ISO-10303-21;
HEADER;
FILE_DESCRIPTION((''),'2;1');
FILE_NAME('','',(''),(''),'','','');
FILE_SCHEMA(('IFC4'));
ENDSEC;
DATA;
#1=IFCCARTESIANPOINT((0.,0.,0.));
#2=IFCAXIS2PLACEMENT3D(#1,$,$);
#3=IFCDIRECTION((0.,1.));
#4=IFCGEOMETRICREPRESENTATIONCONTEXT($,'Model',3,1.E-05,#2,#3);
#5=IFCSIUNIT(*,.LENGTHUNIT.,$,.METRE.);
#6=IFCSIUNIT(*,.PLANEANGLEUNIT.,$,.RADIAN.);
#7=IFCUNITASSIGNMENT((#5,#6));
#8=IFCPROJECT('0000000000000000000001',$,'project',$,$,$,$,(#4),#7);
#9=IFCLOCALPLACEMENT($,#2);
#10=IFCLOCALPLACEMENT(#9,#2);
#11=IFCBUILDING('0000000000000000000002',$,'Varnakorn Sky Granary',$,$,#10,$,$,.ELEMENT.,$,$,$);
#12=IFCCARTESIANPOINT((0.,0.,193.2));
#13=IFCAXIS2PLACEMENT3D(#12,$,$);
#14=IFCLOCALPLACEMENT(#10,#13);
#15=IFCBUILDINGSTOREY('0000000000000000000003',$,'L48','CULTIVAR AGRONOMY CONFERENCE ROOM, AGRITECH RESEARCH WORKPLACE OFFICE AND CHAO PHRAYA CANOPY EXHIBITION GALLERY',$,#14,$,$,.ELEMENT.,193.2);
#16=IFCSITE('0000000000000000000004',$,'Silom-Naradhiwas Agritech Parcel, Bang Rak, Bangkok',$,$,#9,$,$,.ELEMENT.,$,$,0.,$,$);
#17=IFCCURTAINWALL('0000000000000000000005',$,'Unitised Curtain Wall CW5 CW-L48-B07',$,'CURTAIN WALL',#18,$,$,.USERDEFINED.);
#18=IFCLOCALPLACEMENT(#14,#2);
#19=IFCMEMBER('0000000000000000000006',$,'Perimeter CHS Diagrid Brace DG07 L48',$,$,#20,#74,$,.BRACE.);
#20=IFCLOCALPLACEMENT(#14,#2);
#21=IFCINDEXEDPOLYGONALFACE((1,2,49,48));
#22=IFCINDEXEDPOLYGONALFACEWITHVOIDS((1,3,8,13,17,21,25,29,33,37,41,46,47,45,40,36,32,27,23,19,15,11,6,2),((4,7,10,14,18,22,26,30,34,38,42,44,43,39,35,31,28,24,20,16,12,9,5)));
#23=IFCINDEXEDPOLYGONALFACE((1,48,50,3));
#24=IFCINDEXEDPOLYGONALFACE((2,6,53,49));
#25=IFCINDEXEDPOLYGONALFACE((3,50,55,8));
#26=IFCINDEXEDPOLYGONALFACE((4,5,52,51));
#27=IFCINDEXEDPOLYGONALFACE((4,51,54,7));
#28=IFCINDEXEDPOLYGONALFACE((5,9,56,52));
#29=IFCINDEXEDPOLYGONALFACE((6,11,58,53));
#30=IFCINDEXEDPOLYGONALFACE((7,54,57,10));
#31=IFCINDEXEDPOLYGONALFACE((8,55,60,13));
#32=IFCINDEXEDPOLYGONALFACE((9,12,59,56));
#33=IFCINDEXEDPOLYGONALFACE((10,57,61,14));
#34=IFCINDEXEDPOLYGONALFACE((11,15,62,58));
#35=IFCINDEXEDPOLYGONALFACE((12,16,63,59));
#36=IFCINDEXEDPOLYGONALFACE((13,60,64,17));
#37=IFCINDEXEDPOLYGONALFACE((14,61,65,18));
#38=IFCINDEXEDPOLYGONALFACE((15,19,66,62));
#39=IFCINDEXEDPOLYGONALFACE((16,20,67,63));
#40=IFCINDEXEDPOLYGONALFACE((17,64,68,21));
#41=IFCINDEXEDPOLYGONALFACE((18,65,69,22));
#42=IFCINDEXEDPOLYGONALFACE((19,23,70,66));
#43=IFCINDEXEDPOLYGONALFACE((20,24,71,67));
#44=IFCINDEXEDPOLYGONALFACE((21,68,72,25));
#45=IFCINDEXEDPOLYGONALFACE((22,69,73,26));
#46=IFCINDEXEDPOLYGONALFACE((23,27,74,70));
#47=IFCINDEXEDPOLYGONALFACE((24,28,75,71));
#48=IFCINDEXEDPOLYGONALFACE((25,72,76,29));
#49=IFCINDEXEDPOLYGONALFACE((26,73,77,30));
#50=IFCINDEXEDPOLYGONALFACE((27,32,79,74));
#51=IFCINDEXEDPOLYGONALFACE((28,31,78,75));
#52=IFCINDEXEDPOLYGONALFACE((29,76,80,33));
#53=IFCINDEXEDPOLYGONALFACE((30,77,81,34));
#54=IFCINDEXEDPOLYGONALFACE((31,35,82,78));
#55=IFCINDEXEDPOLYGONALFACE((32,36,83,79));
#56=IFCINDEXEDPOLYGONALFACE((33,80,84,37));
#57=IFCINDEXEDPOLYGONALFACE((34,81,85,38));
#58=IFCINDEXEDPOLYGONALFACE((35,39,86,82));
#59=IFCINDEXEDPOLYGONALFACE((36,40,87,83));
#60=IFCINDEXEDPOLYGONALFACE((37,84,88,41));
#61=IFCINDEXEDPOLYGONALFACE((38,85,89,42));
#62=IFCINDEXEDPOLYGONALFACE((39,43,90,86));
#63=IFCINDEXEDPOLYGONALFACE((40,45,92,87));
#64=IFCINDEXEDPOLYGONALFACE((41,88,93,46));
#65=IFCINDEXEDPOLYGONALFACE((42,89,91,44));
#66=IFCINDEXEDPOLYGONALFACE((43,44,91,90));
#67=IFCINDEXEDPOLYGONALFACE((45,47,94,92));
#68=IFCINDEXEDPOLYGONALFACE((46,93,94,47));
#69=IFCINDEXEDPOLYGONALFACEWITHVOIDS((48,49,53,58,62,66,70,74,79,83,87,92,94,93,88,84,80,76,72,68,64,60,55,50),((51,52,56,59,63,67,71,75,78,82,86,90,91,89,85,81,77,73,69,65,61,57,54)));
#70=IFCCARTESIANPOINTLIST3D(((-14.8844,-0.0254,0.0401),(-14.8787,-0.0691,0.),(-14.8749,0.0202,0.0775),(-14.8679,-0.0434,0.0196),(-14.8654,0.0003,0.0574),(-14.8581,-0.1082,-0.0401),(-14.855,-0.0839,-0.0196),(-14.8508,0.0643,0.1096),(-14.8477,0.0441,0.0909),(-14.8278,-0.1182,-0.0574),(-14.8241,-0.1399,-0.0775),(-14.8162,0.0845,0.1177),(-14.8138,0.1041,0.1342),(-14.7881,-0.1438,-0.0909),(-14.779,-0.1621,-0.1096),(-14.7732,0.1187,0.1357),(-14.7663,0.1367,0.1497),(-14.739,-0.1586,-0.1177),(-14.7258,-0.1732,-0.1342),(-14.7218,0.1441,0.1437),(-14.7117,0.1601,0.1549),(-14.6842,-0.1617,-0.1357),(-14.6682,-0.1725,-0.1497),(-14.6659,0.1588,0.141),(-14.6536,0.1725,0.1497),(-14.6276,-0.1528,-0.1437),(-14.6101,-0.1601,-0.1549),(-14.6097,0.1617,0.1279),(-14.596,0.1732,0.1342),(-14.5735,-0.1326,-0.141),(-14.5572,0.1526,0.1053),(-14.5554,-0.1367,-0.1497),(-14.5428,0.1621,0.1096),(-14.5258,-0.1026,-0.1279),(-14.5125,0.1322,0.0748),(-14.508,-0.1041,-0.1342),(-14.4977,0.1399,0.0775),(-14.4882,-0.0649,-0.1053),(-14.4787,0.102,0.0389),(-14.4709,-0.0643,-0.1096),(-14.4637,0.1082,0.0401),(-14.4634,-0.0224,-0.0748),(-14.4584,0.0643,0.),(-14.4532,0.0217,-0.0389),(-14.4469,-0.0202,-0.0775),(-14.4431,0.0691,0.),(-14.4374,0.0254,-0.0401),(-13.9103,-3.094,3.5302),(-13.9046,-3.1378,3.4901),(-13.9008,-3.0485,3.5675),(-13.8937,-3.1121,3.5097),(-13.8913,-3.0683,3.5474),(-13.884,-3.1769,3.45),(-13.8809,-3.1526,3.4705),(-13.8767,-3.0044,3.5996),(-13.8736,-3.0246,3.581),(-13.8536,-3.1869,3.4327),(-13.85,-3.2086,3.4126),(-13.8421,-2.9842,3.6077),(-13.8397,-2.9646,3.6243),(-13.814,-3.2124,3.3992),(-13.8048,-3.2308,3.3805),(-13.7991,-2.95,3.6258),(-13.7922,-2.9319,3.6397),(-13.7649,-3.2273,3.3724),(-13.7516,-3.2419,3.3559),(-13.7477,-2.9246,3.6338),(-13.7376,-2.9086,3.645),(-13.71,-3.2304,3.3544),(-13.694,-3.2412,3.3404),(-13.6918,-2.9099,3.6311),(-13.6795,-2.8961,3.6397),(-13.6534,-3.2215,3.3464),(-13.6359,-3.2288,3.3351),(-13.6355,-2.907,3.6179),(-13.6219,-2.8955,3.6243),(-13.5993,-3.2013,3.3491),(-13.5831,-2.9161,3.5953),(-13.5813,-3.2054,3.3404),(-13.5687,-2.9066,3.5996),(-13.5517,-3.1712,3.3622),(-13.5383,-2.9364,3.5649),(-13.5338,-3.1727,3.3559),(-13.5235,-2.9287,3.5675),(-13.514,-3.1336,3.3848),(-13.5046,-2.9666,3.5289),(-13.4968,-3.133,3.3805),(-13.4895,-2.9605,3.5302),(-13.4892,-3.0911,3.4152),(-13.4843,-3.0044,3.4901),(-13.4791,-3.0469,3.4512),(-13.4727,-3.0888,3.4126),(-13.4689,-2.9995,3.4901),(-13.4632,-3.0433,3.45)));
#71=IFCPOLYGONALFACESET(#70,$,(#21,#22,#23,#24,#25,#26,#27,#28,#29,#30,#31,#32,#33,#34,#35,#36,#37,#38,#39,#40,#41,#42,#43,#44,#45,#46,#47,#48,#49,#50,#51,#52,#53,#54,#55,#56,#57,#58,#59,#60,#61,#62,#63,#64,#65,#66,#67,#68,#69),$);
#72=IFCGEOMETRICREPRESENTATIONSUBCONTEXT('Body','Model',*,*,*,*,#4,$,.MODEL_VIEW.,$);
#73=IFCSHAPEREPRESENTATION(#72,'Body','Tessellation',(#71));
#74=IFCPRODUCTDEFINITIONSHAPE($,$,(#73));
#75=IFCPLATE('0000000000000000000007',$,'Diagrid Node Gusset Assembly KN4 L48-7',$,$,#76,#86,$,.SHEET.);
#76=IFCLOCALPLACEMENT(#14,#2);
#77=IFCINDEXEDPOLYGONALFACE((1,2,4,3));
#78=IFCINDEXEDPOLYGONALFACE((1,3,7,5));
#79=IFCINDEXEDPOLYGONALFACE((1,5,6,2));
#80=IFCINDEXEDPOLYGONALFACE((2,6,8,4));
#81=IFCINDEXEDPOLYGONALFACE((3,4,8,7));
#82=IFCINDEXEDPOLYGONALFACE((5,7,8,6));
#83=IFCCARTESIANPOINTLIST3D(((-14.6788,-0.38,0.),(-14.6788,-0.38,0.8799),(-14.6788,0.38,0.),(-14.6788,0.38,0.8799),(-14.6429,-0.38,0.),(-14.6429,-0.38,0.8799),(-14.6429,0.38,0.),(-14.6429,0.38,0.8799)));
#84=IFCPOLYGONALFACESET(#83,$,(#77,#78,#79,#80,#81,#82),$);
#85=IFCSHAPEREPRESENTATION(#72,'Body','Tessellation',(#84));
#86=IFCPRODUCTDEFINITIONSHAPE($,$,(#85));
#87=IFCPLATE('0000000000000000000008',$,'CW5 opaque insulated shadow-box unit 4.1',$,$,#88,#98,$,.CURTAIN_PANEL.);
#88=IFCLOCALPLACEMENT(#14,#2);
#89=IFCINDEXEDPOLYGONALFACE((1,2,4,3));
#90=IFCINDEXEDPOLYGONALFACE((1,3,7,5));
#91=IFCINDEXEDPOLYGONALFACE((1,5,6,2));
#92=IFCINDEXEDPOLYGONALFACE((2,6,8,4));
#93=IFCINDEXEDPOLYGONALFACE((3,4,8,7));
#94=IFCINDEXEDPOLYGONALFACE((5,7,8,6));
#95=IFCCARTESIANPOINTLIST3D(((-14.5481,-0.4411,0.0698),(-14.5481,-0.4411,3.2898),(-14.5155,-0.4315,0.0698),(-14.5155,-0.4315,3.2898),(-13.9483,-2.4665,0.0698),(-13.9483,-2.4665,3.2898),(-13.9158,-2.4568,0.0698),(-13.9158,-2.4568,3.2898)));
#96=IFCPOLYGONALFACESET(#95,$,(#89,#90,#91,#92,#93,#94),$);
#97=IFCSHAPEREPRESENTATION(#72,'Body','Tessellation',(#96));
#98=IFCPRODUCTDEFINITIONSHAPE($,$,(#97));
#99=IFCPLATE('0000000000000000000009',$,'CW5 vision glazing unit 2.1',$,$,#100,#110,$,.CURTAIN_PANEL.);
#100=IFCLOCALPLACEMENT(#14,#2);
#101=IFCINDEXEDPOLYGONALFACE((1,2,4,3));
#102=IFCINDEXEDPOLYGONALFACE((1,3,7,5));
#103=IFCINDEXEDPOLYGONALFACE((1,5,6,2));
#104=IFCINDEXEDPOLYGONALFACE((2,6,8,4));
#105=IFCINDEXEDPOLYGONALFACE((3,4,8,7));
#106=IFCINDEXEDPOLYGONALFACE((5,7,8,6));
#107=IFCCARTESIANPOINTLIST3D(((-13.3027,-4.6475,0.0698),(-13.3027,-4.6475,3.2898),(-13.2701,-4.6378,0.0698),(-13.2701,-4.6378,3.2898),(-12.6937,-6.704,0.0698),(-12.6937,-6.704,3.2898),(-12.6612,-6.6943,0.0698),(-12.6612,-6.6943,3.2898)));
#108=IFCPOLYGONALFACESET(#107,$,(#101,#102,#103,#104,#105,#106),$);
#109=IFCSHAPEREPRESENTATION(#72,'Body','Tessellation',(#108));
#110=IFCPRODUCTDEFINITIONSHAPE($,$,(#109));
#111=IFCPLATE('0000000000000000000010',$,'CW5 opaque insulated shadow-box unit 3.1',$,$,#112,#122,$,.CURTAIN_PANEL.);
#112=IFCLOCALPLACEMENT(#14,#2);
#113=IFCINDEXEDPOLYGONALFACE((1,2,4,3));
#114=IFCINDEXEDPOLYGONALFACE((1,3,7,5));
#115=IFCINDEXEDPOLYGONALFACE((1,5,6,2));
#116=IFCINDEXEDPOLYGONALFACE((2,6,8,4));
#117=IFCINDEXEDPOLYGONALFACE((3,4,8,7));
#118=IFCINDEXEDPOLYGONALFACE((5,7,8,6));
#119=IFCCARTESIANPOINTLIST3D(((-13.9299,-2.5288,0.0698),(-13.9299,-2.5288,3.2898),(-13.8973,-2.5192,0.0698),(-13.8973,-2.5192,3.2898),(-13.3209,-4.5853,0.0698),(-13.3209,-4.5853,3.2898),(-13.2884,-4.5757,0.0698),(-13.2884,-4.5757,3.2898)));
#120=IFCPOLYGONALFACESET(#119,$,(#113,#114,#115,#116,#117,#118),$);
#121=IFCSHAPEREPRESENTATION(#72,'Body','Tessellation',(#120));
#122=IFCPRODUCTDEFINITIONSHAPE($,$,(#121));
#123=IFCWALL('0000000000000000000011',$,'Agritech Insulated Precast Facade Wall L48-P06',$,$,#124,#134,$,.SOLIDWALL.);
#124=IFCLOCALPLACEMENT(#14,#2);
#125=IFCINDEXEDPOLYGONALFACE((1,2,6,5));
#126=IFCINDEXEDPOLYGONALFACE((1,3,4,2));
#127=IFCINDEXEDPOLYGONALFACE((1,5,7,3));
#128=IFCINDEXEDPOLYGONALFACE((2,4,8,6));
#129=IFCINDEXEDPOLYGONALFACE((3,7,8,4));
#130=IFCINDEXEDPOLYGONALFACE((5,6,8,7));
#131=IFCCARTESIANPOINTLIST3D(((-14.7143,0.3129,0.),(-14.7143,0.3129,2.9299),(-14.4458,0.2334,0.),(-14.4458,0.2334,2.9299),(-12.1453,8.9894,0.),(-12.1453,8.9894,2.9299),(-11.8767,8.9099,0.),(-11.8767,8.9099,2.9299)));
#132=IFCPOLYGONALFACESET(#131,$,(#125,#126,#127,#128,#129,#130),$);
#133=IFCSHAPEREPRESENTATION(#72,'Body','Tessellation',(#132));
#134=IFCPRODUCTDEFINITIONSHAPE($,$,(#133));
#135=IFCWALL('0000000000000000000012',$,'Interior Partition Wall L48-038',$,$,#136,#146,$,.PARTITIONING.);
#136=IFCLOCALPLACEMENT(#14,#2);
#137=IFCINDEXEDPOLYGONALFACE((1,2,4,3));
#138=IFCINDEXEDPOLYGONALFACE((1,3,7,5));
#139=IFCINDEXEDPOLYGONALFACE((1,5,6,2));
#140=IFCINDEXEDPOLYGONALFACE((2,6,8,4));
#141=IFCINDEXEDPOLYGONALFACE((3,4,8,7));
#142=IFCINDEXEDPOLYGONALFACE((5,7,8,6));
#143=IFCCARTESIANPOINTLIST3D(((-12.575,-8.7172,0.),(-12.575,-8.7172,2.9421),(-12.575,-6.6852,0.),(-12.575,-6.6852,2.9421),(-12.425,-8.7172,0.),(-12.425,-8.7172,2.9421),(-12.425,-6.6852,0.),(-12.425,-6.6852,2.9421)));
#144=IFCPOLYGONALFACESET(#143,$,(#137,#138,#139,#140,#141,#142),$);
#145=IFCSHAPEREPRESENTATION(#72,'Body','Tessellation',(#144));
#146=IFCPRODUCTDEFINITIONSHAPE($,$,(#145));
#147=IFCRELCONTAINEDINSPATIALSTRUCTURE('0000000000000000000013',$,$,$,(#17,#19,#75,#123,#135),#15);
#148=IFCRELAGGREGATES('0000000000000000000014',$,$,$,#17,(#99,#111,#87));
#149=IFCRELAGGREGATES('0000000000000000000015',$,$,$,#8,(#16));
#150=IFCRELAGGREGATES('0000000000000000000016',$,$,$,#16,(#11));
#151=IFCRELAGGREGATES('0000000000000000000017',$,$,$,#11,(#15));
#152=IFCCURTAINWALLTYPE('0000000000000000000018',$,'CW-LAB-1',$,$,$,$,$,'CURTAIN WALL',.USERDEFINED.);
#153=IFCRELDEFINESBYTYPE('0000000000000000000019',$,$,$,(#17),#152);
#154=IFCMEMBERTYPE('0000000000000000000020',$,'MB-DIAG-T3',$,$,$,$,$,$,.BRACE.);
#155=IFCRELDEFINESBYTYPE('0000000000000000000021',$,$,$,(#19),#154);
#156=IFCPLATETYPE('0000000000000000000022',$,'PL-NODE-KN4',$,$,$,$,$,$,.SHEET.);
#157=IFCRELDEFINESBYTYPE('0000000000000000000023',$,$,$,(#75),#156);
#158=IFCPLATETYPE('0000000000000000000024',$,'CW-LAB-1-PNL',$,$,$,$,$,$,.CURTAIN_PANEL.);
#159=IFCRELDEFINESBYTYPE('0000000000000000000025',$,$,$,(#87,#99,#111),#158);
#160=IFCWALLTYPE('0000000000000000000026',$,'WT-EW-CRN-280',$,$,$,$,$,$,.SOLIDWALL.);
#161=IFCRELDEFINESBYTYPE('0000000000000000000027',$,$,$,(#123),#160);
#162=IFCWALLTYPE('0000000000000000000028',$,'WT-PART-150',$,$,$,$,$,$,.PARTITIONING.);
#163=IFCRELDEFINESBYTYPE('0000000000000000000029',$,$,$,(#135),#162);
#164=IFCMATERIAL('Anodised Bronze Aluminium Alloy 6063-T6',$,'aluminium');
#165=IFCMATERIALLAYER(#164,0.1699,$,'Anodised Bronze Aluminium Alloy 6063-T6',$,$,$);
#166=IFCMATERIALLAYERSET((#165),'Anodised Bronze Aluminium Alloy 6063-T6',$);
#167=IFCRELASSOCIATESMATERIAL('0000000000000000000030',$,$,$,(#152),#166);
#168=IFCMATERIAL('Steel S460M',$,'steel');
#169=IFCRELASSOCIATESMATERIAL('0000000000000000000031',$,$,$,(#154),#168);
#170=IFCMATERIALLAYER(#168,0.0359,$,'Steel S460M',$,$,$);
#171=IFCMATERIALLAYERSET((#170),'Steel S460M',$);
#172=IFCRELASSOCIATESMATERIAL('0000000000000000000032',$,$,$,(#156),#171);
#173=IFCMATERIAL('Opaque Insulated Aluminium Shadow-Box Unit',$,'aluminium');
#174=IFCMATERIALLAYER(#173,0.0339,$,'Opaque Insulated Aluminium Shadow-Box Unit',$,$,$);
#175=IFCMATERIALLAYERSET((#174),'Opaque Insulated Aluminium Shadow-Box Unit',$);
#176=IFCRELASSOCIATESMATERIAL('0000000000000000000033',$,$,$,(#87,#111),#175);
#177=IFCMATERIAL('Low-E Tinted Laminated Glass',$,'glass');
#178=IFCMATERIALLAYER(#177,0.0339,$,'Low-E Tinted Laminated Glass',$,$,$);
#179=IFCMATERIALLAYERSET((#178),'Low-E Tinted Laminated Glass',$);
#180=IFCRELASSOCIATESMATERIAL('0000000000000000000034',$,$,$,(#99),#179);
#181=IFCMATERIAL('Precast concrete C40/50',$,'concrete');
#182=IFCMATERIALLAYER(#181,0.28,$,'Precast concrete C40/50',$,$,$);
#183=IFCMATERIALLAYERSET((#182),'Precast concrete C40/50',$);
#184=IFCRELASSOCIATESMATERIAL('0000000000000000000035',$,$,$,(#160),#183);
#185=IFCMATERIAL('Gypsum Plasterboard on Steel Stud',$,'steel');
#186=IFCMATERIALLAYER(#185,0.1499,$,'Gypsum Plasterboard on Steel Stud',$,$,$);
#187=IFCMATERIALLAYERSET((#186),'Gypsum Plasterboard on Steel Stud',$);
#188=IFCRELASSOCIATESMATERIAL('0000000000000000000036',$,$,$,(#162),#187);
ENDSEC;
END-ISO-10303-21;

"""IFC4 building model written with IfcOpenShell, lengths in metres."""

from ifc_helpers import new_model, si_unit, direction, frame, frame_2d, origin, origin_2d, place, context, subcontext, project, spatial, rectangle, hollow_circle, extrude, source, transform, mapped, material, layer, layer_set, material_profile, profile_set, type_object, type_shapes, element, aggregate, save


model = new_model("IFC4")

# Units and contexts
model_context = context("Model", 3, precision=1e-05, world=origin(), true_north=direction((0.0, 1.0)))
body_context = subcontext(model_context, "Body", "Model", "MODEL_VIEW")
ifc_project = project(units=[si_unit("LENGTHUNIT", "METRE"), si_unit("PLANEANGLEUNIT", "RADIAN")], contexts=[model_context])

# Site, building, storey
site_placement = place(None, origin())
site = spatial("IfcSite", under=ifc_project, at=site_placement, Name="Silom-Naradhiwas Agritech Parcel, Bang Rak, Bangkok", CompositionType="ELEMENT", RefElevation=0.0)
building_placement = place(site_placement, origin())
building = spatial("IfcBuilding", under=site, at=building_placement, Name="Varnakorn Sky Granary", CompositionType="ELEMENT")
storey_placement = place(building_placement, frame((0.0, 0.0, 193.2)))
storey = spatial("IfcBuildingStorey", under=building, at=storey_placement, Name="L48", Description="CULTIVAR AGRONOMY CONFERENCE ROOM, AGRITECH RESEARCH WORKPLACE OFFICE AND CHAO PHRAYA CANOPY EXHIBITION GALLERY", CompositionType="ELEMENT", Elevation=193.2)

# Shared definitions
ifc_material_1 = material(Name="Steel S460M", Category="steel")

# Curtain wall
ifc_material_2 = material(Name="Anodised Bronze Aluminium Alloy 6063-T6", Category="aluminium")
ifc_layer_1 = layer(ifc_material_2, 0.1699, Name="Anodised Bronze Aluminium Alloy 6063-T6")
ifc_layer_set_1 = layer_set([ifc_layer_1], Name="Anodised Bronze Aluminium Alloy 6063-T6")
curtain_wall_type = type_object("IfcCurtainWallType", Name="CW-LAB-1", ElementType="CURTAIN WALL", PredefinedType="USERDEFINED", material=ifc_layer_set_1)
curtain_wall_placement = place(storey_placement, origin())
curtain_wall = element("IfcCurtainWall", 1, at=curtain_wall_placement, inside=storey, type_object=curtain_wall_type, Name="Unitised Curtain Wall CW5 CW-L48-B07", ObjectType="CURTAIN WALL", PredefinedType="USERDEFINED")

# Member
ifc_material_profile_1 = material_profile(ifc_material_1, hollow_circle(Radius=0.2285, WallThickness=0.0161, at=origin_2d()), Name="CHS 457x16")
ifc_profile_set_1 = profile_set([ifc_material_profile_1], Name="Steel S460M")
member_type_1 = type_object("IfcMemberType", Name="MB-DIAG-T3", PredefinedType="BRACE", material=ifc_profile_set_1)
for number, where, z_axis, x_axis, name in (
    (2, (-14.6609, 0.0, 0.0), (0.205156, -0.646269, 0.735015), (0.953128, 0.302568, 0.0), "Perimeter CHS Diagrid Brace DG07 L48"),
):
    element("IfcMember", number, at=place(storey_placement, frame(where, z_axis=z_axis, x_axis=x_axis)), inside=storey, type_object=member_type_1, Name=name, PredefinedType="BRACE", context=body_context, shape_type="SweptSolid", body=[
        extrude(hollow_circle(Radius=0.2285, WallThickness=0.0161, at=origin_2d()), origin(), (0.0, 0.0, 1.0), 4.7483),
    ])

# Plates
ifc_layer_2 = layer(ifc_material_1, 0.0359, Name="Steel S460M")
ifc_layer_set_2 = layer_set([ifc_layer_2], Name="Steel S460M")
plate_type_1 = type_object("IfcPlateType", Name="PL-NODE-KN4", PredefinedType="SHEET", material=ifc_layer_set_2)
plate_1_placement = place(storey_placement, frame((-14.6609, 0.0, 0.0), z_axis=(0.0, 0.0, 1.0), x_axis=(0.0, -1.0, 0.0)))
element("IfcPlate", 3, at=plate_1_placement, inside=storey, type_object=plate_type_1, Name="Diagrid Node Gusset Assembly KN4 L48-7", PredefinedType="SHEET", context=body_context, shape_type="SweptSolid", body=[
    extrude(rectangle(XDim=0.76, YDim=0.0359, at=origin_2d()), origin(), (0.0, 0.0, 1.0), 0.8799),
])
ifc_material_3 = material(Name="Opaque Insulated Aluminium Shadow-Box Unit", Category="aluminium")
ifc_layer_3 = layer(ifc_material_3, 0.0339, Name="Opaque Insulated Aluminium Shadow-Box Unit")
ifc_layer_set_3 = layer_set([ifc_layer_3], Name="Opaque Insulated Aluminium Shadow-Box Unit")
plate_type_2 = type_object("IfcPlateType", Name="CW-LAB-1-PNL", PredefinedType="CURTAIN_PANEL")
shared_shape_1 = source(origin(), body_context, "Body", "SweptSolid", [
    extrude(rectangle(XDim=2.1123, YDim=0.0339, at=origin_2d()), origin(), (0.0, 0.0, 1.0), 3.22),
])
plate_2_placement = place(storey_placement, frame((-14.2319, -1.449, 0.0698), z_axis=(0.0, 0.0, 1.0), x_axis=(-0.283921, 0.958848, 0.0)))
plate_2 = element("IfcPlate", 4, at=plate_2_placement, type_object=plate_type_2, material=ifc_layer_set_3, Name="CW5 opaque insulated shadow-box unit 4.1", PredefinedType="CURTAIN_PANEL", context=body_context, shape_type="MappedRepresentation", body=[
    mapped(shared_shape_1, transform((0.0, 0.0, 0.0), x_axis=(1.0, 0.0, 0.0), y_axis=(0.0, 1.0, 0.0), z_axis=(0.0, 0.0, 1.0), scale=1.0)),
])
ifc_material_4 = material(Name="Low-E Tinted Laminated Glass", Category="glass")
ifc_layer_4 = layer(ifc_material_4, 0.0339, Name="Low-E Tinted Laminated Glass")
ifc_layer_set_4 = layer_set([ifc_layer_4], Name="Low-E Tinted Laminated Glass")
shared_shape_2 = source(origin(), body_context, "Body", "SweptSolid", [
    extrude(rectangle(XDim=2.1448, YDim=0.0339, at=origin_2d()), origin(), (0.0, 0.0, 1.0), 3.22),
])
type_shapes(plate_type_2, [shared_shape_1, shared_shape_2])
plate_3_placement = place(storey_placement, frame((-12.9819, -5.6709, 0.0698), z_axis=(0.0, 0.0, 1.0), x_axis=(-0.283921, 0.958848, 0.0)))
plate_3 = element("IfcPlate", 5, at=plate_3_placement, type_object=plate_type_2, material=ifc_layer_set_4, Name="CW5 vision glazing unit 2.1", PredefinedType="CURTAIN_PANEL", context=body_context, shape_type="MappedRepresentation", body=[
    mapped(shared_shape_2, transform((0.0, 0.0, 0.0), x_axis=(1.0, 0.0, 0.0), y_axis=(0.0, 1.0, 0.0), z_axis=(0.0, 0.0, 1.0), scale=1.0)),
])
plate_4_placement = place(storey_placement, frame((-13.6091, -3.5522, 0.0698), z_axis=(0.0, 0.0, 1.0), x_axis=(-0.283921, 0.958848, 0.0)))
plate_4 = element("IfcPlate", 6, at=plate_4_placement, type_object=plate_type_2, material=ifc_layer_set_3, Name="CW5 opaque insulated shadow-box unit 3.1", PredefinedType="CURTAIN_PANEL", context=body_context, shape_type="MappedRepresentation", body=[
    mapped(shared_shape_2, transform((0.0, 0.0, 0.0), x_axis=(1.0, 0.0, 0.0), y_axis=(0.0, 1.0, 0.0), z_axis=(0.0, 0.0, 1.0), scale=1.0)),
])
aggregate(curtain_wall, [plate_3, plate_4, plate_2])

# Walls
ifc_material_5 = material(Name="Precast concrete C40/50", Category="concrete")
ifc_layer_5 = layer(ifc_material_5, 0.28, Name="Precast concrete C40/50")
ifc_layer_set_5 = layer_set([ifc_layer_5], Name="Precast concrete C40/50")
wall_type_1 = type_object("IfcWallType", Name="WT-EW-CRN-280", PredefinedType="SOLIDWALL", material=ifc_layer_set_5)
wall_1_placement = place(storey_placement, frame((-14.5801, 0.2732, 0.0), z_axis=(0.0, 0.0, 1.0), x_axis=(0.283913, 0.95885, 0.0)))
element("IfcWall", 7, at=wall_1_placement, inside=storey, type_object=wall_type_1, Name="Agritech Insulated Precast Facade Wall L48-P06", PredefinedType="SOLIDWALL", context=body_context, shape_type="SweptSolid", body=[
    extrude(rectangle(XDim=9.0488, YDim=0.28, at=frame_2d((4.5244, 0.0))), origin(), (0.0, 0.0, 1.0), 2.9299),
])
ifc_material_6 = material(Name="Gypsum Plasterboard on Steel Stud", Category="steel")
ifc_layer_6 = layer(ifc_material_6, 0.1499, Name="Gypsum Plasterboard on Steel Stud")
ifc_layer_set_6 = layer_set([ifc_layer_6], Name="Gypsum Plasterboard on Steel Stud")
wall_type_2 = type_object("IfcWallType", Name="WT-PART-150", PredefinedType="PARTITIONING", material=ifc_layer_set_6)
wall_2_placement = place(storey_placement, frame((-12.5, -6.6851, 0.0), z_axis=(0.0, 0.0, 1.0), x_axis=(0.0, -1.0, 0.0)))
element("IfcWall", 8, at=wall_2_placement, inside=storey, type_object=wall_type_2, Name="Interior Partition Wall L48-038", PredefinedType="PARTITIONING", context=body_context, shape_type="SweptSolid", body=[
    extrude(rectangle(XDim=2.032, YDim=0.1499, at=frame_2d((1.0161, 0.0))), origin(), (0.0, 0.0, 1.0), 2.9421),
])

save(model, "model.ifc")
